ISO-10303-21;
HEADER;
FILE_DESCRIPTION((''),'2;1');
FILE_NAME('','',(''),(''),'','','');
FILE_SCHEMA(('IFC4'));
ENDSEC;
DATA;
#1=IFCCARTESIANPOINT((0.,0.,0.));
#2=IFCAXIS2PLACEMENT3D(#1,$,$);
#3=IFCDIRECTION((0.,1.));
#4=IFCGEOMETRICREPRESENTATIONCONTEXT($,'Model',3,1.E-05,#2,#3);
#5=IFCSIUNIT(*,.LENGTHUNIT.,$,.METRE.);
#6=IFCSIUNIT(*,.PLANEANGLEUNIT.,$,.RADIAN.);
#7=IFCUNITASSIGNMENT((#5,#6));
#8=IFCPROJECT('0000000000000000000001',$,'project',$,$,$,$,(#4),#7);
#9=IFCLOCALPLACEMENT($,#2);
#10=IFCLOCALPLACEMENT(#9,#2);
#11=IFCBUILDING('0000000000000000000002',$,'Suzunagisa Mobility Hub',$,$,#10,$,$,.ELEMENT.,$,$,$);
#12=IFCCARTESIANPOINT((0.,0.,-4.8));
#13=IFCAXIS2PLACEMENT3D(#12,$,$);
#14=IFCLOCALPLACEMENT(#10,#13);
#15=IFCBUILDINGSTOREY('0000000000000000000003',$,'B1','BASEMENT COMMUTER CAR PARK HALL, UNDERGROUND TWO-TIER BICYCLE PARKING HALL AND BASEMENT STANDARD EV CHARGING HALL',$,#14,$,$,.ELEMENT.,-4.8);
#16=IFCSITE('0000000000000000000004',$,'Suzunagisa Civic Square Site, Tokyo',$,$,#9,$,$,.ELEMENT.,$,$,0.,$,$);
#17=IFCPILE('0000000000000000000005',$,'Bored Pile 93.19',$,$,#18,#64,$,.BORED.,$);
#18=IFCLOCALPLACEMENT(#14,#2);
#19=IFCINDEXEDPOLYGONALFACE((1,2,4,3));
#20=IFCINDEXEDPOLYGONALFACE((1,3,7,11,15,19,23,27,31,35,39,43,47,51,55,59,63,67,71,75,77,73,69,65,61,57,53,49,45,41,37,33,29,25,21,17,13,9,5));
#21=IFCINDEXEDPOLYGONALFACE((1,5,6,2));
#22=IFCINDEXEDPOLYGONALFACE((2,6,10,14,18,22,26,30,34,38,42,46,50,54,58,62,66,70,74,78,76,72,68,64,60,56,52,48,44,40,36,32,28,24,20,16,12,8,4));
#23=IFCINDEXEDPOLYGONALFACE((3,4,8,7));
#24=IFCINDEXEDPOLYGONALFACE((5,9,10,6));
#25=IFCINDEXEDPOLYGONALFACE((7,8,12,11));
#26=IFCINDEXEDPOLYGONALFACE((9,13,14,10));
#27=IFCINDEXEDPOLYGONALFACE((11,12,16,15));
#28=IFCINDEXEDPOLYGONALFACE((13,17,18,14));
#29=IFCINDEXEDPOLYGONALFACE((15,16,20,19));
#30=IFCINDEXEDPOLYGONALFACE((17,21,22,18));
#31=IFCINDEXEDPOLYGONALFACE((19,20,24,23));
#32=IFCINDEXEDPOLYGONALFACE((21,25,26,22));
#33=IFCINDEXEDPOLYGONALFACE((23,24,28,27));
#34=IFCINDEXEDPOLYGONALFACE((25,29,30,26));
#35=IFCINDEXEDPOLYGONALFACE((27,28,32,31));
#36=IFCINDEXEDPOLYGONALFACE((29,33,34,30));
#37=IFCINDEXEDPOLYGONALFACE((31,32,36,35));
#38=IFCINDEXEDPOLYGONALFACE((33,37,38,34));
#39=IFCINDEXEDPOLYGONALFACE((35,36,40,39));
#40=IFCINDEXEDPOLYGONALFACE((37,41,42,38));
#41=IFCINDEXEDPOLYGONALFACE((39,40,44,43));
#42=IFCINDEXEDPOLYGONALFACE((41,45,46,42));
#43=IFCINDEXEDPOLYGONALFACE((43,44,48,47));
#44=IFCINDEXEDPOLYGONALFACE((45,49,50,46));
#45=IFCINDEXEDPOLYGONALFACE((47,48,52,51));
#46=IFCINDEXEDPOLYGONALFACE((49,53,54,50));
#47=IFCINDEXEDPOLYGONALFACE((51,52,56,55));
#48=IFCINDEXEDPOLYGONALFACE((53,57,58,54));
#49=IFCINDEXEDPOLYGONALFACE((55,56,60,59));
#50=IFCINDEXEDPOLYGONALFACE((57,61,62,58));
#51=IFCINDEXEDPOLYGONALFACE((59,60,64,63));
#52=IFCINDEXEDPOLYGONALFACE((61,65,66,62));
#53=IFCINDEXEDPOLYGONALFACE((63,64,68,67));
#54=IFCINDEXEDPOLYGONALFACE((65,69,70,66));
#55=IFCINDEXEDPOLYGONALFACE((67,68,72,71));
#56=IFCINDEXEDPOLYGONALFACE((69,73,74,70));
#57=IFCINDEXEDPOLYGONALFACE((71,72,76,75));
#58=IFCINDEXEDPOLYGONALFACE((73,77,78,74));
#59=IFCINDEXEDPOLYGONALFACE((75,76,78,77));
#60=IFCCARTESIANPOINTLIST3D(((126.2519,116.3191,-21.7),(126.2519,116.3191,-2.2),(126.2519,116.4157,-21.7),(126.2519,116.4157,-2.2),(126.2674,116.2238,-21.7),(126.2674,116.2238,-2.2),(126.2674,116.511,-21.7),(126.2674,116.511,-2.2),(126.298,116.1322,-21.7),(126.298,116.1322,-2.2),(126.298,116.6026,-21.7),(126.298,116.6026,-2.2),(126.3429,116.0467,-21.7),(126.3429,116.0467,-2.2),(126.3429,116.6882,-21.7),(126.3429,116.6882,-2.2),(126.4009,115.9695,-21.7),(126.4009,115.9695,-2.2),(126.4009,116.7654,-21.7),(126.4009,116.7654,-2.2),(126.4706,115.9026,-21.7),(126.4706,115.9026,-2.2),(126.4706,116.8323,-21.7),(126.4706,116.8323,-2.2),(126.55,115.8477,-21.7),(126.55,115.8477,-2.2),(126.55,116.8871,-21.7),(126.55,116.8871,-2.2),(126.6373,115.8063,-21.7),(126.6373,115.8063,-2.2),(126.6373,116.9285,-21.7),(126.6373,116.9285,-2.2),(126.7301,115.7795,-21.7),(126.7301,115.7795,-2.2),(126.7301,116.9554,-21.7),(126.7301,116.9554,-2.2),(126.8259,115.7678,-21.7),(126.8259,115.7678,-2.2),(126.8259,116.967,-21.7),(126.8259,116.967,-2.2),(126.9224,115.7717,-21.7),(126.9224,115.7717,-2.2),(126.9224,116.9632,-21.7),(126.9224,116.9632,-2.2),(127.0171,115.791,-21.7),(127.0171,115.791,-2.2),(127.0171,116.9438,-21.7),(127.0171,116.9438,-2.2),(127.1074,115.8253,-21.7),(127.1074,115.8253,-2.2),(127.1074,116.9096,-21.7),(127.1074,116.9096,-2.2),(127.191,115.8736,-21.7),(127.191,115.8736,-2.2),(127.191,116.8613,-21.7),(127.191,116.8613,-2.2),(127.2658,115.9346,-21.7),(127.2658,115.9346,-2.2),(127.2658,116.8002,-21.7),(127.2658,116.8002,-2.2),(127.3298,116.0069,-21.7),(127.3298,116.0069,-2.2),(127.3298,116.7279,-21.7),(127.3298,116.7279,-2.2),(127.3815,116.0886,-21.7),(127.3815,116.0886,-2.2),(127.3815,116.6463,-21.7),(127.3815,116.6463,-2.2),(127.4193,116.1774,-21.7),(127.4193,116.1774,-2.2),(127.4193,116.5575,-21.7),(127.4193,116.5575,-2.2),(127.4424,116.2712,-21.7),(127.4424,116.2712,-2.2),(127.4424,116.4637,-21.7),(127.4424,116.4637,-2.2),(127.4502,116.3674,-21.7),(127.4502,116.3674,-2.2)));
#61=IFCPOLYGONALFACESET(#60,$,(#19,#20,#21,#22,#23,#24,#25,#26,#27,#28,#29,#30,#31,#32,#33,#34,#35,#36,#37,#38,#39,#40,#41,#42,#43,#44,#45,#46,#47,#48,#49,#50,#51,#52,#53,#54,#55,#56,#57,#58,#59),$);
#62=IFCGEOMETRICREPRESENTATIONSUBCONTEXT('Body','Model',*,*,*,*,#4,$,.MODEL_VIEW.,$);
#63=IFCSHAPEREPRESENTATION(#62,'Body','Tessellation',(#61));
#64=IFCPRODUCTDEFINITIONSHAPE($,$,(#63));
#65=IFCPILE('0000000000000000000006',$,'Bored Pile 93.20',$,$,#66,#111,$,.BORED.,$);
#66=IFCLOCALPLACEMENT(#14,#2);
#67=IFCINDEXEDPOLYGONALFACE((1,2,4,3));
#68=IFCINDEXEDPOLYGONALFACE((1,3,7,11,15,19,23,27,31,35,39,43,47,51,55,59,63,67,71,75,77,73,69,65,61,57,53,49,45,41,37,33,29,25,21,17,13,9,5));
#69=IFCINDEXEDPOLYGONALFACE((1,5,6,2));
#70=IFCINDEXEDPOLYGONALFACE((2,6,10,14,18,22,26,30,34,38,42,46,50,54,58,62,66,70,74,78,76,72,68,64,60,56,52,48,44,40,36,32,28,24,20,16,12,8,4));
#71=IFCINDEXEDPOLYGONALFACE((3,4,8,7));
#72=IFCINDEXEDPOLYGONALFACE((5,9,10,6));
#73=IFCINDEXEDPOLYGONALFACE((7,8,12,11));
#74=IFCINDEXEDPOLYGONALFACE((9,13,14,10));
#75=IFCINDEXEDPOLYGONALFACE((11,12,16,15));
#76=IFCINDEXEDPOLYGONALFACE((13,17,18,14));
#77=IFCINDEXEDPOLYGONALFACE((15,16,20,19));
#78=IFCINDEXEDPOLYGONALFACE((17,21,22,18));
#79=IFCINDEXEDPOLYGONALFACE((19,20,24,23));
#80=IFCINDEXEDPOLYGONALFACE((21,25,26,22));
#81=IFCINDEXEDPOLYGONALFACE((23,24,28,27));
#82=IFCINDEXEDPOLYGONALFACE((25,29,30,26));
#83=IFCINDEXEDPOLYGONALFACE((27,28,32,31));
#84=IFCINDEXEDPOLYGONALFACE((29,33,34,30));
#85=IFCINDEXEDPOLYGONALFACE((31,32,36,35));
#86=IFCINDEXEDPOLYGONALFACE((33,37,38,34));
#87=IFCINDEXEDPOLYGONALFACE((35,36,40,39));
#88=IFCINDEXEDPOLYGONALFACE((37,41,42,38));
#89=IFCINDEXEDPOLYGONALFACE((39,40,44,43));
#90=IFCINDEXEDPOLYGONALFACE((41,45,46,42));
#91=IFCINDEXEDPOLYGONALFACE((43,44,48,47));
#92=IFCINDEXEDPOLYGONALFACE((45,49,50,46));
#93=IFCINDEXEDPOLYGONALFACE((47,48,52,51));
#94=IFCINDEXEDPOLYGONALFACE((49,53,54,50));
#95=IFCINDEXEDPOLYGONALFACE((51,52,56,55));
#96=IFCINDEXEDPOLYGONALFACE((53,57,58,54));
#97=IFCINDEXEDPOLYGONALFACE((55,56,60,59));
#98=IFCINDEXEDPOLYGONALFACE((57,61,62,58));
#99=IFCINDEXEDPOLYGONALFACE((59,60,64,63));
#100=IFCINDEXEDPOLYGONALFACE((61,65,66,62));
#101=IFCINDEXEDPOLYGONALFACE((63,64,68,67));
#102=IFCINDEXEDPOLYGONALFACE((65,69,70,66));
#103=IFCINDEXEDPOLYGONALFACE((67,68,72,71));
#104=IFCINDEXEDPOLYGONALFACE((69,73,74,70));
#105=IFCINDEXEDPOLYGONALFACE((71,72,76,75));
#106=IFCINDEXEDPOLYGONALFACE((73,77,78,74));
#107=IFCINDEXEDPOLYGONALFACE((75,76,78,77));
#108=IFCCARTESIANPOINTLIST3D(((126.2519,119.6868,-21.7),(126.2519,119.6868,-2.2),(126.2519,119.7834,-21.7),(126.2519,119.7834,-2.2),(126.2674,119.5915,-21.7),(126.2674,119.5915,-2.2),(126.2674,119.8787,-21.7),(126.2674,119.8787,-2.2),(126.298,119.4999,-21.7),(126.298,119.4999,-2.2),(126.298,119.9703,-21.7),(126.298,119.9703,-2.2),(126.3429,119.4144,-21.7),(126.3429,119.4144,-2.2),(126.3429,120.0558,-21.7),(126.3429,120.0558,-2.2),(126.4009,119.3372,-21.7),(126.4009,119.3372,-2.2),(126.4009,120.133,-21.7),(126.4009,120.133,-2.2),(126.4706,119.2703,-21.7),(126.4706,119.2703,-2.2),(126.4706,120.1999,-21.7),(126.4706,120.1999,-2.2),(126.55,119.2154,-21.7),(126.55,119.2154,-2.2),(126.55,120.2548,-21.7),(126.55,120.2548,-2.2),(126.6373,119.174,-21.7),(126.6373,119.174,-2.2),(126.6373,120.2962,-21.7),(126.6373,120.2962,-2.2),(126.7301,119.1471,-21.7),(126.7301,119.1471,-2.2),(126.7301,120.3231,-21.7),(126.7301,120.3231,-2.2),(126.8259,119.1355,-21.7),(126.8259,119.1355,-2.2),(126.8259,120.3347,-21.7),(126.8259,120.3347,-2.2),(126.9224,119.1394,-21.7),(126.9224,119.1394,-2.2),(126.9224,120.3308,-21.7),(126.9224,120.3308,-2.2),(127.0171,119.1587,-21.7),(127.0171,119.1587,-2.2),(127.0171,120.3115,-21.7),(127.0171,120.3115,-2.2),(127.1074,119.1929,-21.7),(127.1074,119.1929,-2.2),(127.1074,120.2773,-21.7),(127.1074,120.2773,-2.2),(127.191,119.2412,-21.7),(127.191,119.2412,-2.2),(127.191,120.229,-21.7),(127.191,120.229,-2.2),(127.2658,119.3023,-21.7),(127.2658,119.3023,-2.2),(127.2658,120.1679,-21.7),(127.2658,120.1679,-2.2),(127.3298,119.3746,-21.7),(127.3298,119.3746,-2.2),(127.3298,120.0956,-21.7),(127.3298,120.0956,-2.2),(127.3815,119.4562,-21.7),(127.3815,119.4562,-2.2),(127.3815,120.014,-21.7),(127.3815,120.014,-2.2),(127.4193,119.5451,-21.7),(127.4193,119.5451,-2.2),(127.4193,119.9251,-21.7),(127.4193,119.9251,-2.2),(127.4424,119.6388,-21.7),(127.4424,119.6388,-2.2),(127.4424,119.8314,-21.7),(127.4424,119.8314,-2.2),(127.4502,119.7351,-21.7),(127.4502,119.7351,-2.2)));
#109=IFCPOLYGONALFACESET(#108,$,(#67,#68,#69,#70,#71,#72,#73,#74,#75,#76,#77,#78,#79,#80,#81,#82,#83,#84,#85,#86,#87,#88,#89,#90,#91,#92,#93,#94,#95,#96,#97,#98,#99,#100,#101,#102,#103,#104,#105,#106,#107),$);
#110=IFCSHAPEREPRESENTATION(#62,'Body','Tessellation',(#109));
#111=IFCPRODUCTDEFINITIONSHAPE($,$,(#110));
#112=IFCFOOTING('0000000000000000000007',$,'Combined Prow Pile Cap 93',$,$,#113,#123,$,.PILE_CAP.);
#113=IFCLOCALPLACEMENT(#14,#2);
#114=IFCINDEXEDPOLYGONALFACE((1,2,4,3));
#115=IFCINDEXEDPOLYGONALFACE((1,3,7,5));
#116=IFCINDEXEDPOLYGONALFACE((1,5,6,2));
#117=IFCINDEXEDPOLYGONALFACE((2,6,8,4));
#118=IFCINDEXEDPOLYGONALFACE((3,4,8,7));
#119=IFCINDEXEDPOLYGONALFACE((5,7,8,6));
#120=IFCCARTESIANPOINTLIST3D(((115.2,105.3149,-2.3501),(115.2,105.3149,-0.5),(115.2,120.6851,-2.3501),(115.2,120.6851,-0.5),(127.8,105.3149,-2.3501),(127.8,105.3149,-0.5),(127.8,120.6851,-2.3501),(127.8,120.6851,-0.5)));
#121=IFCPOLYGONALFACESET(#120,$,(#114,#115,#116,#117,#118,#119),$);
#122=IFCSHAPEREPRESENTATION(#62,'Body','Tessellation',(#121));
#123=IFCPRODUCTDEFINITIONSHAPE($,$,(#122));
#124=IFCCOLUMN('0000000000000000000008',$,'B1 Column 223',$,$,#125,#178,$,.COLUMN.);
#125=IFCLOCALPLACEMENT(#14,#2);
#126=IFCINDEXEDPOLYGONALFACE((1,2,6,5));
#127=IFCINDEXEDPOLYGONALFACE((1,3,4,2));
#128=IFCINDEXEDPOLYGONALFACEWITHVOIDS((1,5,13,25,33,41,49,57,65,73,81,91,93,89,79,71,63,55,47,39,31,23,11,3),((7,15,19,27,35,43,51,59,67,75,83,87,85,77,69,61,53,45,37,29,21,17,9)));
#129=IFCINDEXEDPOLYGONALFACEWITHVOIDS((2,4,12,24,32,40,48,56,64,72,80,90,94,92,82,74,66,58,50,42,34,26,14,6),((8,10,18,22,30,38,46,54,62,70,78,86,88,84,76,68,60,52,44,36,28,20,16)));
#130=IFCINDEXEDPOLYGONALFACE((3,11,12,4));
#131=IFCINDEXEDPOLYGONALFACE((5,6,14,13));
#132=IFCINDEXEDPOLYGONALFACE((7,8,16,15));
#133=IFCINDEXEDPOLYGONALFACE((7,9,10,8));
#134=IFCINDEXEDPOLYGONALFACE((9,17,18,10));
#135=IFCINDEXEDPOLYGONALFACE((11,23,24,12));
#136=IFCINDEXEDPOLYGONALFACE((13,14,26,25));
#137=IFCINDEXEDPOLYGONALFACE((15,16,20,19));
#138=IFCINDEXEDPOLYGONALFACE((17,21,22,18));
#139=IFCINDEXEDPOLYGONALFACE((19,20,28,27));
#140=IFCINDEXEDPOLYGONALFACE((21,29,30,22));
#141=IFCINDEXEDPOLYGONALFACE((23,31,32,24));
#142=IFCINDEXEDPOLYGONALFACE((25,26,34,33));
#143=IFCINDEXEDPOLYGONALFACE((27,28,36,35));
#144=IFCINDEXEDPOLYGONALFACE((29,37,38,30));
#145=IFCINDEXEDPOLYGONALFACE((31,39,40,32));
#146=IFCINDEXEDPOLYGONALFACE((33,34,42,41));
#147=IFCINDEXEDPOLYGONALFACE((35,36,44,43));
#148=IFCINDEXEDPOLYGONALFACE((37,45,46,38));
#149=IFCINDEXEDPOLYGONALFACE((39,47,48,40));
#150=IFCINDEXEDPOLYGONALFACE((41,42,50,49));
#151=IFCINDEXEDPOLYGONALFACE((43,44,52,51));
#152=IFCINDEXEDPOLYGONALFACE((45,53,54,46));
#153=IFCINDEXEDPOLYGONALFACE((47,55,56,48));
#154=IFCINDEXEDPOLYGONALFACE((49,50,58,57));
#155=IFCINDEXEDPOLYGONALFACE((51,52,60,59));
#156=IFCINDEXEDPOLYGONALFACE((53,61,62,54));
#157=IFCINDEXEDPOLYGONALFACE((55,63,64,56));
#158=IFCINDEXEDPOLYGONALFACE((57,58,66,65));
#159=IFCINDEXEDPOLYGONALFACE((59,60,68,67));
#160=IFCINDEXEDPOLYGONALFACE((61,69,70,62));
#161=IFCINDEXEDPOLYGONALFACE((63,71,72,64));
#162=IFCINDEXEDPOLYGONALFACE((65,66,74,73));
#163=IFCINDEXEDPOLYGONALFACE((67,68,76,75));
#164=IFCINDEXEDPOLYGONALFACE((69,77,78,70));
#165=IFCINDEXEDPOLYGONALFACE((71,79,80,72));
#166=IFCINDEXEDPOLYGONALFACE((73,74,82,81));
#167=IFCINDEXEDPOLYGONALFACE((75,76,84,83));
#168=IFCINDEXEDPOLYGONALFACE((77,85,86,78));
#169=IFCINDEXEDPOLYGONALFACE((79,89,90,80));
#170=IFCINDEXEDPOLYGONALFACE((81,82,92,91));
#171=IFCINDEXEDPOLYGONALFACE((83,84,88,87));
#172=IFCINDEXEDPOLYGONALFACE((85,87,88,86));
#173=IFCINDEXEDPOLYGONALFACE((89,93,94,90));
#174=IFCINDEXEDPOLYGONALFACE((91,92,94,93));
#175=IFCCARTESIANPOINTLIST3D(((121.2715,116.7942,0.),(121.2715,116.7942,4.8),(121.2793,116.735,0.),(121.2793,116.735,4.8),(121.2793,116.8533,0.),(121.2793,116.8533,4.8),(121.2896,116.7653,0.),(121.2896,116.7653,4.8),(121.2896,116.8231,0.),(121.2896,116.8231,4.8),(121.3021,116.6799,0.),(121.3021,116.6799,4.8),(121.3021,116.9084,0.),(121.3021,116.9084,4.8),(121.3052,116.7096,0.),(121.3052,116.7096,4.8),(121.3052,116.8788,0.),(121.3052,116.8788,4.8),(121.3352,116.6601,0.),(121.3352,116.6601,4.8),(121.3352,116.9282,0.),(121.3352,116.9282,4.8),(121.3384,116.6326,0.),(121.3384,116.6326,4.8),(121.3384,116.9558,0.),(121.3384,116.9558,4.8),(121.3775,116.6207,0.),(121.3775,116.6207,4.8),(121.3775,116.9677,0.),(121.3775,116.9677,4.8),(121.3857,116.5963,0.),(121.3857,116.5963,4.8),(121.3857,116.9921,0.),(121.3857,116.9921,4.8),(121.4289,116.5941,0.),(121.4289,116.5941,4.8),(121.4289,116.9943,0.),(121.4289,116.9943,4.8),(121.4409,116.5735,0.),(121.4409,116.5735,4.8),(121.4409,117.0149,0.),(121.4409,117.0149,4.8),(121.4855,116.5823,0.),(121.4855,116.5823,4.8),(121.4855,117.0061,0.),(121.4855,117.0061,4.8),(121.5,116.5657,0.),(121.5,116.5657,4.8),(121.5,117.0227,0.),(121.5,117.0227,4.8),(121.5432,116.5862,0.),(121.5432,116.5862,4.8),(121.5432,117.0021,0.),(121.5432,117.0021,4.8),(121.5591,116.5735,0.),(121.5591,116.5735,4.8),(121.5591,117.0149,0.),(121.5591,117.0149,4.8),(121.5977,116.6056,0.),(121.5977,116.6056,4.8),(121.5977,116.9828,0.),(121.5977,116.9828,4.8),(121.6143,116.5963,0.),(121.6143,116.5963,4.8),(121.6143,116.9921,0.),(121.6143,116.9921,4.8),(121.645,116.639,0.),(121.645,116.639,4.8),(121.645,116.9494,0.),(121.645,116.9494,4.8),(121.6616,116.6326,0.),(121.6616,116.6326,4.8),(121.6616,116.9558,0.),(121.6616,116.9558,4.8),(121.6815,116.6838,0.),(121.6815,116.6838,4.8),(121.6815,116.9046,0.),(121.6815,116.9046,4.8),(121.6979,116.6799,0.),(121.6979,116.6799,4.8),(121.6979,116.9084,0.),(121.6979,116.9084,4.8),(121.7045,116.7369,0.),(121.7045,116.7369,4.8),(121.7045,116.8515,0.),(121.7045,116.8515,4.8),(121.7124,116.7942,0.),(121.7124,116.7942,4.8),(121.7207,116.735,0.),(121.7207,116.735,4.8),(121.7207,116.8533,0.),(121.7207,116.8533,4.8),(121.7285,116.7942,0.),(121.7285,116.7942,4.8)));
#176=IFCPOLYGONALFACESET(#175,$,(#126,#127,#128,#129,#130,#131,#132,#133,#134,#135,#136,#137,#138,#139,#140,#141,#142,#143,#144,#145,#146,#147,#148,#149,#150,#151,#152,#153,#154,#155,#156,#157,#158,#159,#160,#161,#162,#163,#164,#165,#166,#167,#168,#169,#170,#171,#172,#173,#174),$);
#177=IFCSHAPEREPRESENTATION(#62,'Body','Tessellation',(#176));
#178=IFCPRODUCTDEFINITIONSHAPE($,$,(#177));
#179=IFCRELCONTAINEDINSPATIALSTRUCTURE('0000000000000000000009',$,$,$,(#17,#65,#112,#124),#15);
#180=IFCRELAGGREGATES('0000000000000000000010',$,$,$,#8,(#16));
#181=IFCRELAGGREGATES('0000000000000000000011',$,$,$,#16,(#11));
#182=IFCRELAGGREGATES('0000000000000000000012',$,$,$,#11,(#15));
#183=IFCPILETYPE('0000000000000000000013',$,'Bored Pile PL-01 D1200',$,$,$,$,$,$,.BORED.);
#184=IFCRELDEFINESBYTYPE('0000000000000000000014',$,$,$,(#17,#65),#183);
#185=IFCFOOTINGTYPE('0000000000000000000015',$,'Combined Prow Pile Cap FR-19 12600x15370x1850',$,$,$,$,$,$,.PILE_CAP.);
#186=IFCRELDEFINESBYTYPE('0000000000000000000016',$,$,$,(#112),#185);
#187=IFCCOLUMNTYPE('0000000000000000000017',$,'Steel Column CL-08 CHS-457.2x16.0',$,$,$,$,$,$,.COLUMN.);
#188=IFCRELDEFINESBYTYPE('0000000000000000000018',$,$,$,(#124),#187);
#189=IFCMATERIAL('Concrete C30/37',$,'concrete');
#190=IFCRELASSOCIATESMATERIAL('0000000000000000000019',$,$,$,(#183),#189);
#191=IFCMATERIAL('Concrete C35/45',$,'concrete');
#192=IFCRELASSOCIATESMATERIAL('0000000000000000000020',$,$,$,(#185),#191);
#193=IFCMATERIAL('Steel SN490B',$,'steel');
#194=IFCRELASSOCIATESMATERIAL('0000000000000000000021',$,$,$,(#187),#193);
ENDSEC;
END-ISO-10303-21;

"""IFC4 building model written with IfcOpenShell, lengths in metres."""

from ifc_helpers import new_model, si_unit, direction, frame, origin, origin_2d, place, context, subcontext, project, spatial, rectangle, circle, hollow_circle, extrude, material, material_profile, profile_set, type_object, element, save


model = new_model("IFC4")

# Units and contexts
model_context = context("Model", 3, precision=1e-05, world=origin(), true_north=direction((0.0, 1.0)))
body_context = subcontext(model_context, "Body", "Model", "MODEL_VIEW")
ifc_project = project(units=[si_unit("LENGTHUNIT", "METRE"), si_unit("PLANEANGLEUNIT", "RADIAN")], contexts=[model_context])

# Site, building, storey
site_placement = place(None, origin())
site = spatial("IfcSite", under=ifc_project, at=site_placement, Name="Suzunagisa Civic Square Site, Tokyo", CompositionType="ELEMENT", RefElevation=0.0)
building_placement = place(site_placement, origin())
building = spatial("IfcBuilding", under=site, at=building_placement, Name="Suzunagisa Mobility Hub", CompositionType="ELEMENT")
storey_placement = place(building_placement, frame((0.0, 0.0, -4.8)))
storey = spatial("IfcBuildingStorey", under=building, at=storey_placement, Name="B1", Description="BASEMENT COMMUTER CAR PARK HALL, UNDERGROUND TWO-TIER BICYCLE PARKING HALL AND BASEMENT STANDARD EV CHARGING HALL", CompositionType="ELEMENT", Elevation=-4.8)

# Piles
ifc_material_1 = material(Name="Concrete C30/37", Category="concrete")
ifc_material_profile_1 = material_profile(ifc_material_1, circle(Radius=0.6001, at=origin_2d()), Name="BORED PILE D1200")
ifc_profile_set_1 = profile_set([ifc_material_profile_1], Name="Concrete C30/37")
pile_type = type_object("IfcPileType", Name="Bored Pile PL-01 D1200", PredefinedType="BORED", material=ifc_profile_set_1)
for number, where, z_axis, x_axis, name in (
    (1, (126.8501, 116.3674, -2.2), (0.0, 0.0, -1.0), (1.0, 0.0, 0.0), "Bored Pile 93.19"),
    (2, (126.8501, 119.7351, -2.2), (0.0, 0.0, -1.0), (1.0, 0.0, 0.0), "Bored Pile 93.20"),
):
    element("IfcPile", number, at=place(storey_placement, frame(where, z_axis=z_axis, x_axis=x_axis)), inside=storey, type_object=pile_type, Name=name, PredefinedType="BORED", context=body_context, shape_type="SweptSolid", body=[
        extrude(circle(Radius=0.6001, at=origin_2d()), origin(), (0.0, 0.0, 1.0), 19.5),
    ])

# Footing
ifc_material_2 = material(Name="Concrete C35/45", Category="concrete")
footing_type = type_object("IfcFootingType", Name="Combined Prow Pile Cap FR-19 12600x15370x1850", PredefinedType="PILE_CAP", material=ifc_material_2)
footing_placement = place(storey_placement, frame((121.5, 113.0, -2.3501), z_axis=(0.0, 0.0, 1.0), x_axis=(1.0, 0.0, 0.0)))
element("IfcFooting", 3, at=footing_placement, inside=storey, type_object=footing_type, Name="Combined Prow Pile Cap 93", PredefinedType="PILE_CAP", context=body_context, shape_type="SweptSolid", body=[
    extrude(rectangle(XDim=12.6001, YDim=15.3701, at=origin_2d()), origin(), (0.0, 0.0, 1.0), 1.8501),
])

# Column
ifc_material_3 = material(Name="Steel SN490B", Category="steel")
ifc_material_profile_2 = material_profile(ifc_material_3, hollow_circle(Radius=0.2285, WallThickness=0.0161, at=origin_2d()), Name="CHS-457.2x16.0")
ifc_profile_set_2 = profile_set([ifc_material_profile_2], Name="Steel SN490B")
column_type_1 = type_object("IfcColumnType", Name="Steel Column CL-08 CHS-457.2x16.0", PredefinedType="COLUMN", material=ifc_profile_set_2)
for number, where, z_axis, x_axis, name in (
    (4, (121.5, 116.7942, 0.0), (0.0, 0.0, 1.0), (1.0, 0.0, 0.0), "B1 Column 223"),
):
    element("IfcColumn", number, at=place(storey_placement, frame(where, z_axis=z_axis, x_axis=x_axis)), inside=storey, type_object=column_type_1, Name=name, PredefinedType="COLUMN", context=body_context, shape_type="SweptSolid", body=[
        extrude(hollow_circle(Radius=0.2285, WallThickness=0.0161, at=origin_2d()), origin(), (0.0, 0.0, 1.0), 4.8),
    ])

save(model, "model.ifc")
